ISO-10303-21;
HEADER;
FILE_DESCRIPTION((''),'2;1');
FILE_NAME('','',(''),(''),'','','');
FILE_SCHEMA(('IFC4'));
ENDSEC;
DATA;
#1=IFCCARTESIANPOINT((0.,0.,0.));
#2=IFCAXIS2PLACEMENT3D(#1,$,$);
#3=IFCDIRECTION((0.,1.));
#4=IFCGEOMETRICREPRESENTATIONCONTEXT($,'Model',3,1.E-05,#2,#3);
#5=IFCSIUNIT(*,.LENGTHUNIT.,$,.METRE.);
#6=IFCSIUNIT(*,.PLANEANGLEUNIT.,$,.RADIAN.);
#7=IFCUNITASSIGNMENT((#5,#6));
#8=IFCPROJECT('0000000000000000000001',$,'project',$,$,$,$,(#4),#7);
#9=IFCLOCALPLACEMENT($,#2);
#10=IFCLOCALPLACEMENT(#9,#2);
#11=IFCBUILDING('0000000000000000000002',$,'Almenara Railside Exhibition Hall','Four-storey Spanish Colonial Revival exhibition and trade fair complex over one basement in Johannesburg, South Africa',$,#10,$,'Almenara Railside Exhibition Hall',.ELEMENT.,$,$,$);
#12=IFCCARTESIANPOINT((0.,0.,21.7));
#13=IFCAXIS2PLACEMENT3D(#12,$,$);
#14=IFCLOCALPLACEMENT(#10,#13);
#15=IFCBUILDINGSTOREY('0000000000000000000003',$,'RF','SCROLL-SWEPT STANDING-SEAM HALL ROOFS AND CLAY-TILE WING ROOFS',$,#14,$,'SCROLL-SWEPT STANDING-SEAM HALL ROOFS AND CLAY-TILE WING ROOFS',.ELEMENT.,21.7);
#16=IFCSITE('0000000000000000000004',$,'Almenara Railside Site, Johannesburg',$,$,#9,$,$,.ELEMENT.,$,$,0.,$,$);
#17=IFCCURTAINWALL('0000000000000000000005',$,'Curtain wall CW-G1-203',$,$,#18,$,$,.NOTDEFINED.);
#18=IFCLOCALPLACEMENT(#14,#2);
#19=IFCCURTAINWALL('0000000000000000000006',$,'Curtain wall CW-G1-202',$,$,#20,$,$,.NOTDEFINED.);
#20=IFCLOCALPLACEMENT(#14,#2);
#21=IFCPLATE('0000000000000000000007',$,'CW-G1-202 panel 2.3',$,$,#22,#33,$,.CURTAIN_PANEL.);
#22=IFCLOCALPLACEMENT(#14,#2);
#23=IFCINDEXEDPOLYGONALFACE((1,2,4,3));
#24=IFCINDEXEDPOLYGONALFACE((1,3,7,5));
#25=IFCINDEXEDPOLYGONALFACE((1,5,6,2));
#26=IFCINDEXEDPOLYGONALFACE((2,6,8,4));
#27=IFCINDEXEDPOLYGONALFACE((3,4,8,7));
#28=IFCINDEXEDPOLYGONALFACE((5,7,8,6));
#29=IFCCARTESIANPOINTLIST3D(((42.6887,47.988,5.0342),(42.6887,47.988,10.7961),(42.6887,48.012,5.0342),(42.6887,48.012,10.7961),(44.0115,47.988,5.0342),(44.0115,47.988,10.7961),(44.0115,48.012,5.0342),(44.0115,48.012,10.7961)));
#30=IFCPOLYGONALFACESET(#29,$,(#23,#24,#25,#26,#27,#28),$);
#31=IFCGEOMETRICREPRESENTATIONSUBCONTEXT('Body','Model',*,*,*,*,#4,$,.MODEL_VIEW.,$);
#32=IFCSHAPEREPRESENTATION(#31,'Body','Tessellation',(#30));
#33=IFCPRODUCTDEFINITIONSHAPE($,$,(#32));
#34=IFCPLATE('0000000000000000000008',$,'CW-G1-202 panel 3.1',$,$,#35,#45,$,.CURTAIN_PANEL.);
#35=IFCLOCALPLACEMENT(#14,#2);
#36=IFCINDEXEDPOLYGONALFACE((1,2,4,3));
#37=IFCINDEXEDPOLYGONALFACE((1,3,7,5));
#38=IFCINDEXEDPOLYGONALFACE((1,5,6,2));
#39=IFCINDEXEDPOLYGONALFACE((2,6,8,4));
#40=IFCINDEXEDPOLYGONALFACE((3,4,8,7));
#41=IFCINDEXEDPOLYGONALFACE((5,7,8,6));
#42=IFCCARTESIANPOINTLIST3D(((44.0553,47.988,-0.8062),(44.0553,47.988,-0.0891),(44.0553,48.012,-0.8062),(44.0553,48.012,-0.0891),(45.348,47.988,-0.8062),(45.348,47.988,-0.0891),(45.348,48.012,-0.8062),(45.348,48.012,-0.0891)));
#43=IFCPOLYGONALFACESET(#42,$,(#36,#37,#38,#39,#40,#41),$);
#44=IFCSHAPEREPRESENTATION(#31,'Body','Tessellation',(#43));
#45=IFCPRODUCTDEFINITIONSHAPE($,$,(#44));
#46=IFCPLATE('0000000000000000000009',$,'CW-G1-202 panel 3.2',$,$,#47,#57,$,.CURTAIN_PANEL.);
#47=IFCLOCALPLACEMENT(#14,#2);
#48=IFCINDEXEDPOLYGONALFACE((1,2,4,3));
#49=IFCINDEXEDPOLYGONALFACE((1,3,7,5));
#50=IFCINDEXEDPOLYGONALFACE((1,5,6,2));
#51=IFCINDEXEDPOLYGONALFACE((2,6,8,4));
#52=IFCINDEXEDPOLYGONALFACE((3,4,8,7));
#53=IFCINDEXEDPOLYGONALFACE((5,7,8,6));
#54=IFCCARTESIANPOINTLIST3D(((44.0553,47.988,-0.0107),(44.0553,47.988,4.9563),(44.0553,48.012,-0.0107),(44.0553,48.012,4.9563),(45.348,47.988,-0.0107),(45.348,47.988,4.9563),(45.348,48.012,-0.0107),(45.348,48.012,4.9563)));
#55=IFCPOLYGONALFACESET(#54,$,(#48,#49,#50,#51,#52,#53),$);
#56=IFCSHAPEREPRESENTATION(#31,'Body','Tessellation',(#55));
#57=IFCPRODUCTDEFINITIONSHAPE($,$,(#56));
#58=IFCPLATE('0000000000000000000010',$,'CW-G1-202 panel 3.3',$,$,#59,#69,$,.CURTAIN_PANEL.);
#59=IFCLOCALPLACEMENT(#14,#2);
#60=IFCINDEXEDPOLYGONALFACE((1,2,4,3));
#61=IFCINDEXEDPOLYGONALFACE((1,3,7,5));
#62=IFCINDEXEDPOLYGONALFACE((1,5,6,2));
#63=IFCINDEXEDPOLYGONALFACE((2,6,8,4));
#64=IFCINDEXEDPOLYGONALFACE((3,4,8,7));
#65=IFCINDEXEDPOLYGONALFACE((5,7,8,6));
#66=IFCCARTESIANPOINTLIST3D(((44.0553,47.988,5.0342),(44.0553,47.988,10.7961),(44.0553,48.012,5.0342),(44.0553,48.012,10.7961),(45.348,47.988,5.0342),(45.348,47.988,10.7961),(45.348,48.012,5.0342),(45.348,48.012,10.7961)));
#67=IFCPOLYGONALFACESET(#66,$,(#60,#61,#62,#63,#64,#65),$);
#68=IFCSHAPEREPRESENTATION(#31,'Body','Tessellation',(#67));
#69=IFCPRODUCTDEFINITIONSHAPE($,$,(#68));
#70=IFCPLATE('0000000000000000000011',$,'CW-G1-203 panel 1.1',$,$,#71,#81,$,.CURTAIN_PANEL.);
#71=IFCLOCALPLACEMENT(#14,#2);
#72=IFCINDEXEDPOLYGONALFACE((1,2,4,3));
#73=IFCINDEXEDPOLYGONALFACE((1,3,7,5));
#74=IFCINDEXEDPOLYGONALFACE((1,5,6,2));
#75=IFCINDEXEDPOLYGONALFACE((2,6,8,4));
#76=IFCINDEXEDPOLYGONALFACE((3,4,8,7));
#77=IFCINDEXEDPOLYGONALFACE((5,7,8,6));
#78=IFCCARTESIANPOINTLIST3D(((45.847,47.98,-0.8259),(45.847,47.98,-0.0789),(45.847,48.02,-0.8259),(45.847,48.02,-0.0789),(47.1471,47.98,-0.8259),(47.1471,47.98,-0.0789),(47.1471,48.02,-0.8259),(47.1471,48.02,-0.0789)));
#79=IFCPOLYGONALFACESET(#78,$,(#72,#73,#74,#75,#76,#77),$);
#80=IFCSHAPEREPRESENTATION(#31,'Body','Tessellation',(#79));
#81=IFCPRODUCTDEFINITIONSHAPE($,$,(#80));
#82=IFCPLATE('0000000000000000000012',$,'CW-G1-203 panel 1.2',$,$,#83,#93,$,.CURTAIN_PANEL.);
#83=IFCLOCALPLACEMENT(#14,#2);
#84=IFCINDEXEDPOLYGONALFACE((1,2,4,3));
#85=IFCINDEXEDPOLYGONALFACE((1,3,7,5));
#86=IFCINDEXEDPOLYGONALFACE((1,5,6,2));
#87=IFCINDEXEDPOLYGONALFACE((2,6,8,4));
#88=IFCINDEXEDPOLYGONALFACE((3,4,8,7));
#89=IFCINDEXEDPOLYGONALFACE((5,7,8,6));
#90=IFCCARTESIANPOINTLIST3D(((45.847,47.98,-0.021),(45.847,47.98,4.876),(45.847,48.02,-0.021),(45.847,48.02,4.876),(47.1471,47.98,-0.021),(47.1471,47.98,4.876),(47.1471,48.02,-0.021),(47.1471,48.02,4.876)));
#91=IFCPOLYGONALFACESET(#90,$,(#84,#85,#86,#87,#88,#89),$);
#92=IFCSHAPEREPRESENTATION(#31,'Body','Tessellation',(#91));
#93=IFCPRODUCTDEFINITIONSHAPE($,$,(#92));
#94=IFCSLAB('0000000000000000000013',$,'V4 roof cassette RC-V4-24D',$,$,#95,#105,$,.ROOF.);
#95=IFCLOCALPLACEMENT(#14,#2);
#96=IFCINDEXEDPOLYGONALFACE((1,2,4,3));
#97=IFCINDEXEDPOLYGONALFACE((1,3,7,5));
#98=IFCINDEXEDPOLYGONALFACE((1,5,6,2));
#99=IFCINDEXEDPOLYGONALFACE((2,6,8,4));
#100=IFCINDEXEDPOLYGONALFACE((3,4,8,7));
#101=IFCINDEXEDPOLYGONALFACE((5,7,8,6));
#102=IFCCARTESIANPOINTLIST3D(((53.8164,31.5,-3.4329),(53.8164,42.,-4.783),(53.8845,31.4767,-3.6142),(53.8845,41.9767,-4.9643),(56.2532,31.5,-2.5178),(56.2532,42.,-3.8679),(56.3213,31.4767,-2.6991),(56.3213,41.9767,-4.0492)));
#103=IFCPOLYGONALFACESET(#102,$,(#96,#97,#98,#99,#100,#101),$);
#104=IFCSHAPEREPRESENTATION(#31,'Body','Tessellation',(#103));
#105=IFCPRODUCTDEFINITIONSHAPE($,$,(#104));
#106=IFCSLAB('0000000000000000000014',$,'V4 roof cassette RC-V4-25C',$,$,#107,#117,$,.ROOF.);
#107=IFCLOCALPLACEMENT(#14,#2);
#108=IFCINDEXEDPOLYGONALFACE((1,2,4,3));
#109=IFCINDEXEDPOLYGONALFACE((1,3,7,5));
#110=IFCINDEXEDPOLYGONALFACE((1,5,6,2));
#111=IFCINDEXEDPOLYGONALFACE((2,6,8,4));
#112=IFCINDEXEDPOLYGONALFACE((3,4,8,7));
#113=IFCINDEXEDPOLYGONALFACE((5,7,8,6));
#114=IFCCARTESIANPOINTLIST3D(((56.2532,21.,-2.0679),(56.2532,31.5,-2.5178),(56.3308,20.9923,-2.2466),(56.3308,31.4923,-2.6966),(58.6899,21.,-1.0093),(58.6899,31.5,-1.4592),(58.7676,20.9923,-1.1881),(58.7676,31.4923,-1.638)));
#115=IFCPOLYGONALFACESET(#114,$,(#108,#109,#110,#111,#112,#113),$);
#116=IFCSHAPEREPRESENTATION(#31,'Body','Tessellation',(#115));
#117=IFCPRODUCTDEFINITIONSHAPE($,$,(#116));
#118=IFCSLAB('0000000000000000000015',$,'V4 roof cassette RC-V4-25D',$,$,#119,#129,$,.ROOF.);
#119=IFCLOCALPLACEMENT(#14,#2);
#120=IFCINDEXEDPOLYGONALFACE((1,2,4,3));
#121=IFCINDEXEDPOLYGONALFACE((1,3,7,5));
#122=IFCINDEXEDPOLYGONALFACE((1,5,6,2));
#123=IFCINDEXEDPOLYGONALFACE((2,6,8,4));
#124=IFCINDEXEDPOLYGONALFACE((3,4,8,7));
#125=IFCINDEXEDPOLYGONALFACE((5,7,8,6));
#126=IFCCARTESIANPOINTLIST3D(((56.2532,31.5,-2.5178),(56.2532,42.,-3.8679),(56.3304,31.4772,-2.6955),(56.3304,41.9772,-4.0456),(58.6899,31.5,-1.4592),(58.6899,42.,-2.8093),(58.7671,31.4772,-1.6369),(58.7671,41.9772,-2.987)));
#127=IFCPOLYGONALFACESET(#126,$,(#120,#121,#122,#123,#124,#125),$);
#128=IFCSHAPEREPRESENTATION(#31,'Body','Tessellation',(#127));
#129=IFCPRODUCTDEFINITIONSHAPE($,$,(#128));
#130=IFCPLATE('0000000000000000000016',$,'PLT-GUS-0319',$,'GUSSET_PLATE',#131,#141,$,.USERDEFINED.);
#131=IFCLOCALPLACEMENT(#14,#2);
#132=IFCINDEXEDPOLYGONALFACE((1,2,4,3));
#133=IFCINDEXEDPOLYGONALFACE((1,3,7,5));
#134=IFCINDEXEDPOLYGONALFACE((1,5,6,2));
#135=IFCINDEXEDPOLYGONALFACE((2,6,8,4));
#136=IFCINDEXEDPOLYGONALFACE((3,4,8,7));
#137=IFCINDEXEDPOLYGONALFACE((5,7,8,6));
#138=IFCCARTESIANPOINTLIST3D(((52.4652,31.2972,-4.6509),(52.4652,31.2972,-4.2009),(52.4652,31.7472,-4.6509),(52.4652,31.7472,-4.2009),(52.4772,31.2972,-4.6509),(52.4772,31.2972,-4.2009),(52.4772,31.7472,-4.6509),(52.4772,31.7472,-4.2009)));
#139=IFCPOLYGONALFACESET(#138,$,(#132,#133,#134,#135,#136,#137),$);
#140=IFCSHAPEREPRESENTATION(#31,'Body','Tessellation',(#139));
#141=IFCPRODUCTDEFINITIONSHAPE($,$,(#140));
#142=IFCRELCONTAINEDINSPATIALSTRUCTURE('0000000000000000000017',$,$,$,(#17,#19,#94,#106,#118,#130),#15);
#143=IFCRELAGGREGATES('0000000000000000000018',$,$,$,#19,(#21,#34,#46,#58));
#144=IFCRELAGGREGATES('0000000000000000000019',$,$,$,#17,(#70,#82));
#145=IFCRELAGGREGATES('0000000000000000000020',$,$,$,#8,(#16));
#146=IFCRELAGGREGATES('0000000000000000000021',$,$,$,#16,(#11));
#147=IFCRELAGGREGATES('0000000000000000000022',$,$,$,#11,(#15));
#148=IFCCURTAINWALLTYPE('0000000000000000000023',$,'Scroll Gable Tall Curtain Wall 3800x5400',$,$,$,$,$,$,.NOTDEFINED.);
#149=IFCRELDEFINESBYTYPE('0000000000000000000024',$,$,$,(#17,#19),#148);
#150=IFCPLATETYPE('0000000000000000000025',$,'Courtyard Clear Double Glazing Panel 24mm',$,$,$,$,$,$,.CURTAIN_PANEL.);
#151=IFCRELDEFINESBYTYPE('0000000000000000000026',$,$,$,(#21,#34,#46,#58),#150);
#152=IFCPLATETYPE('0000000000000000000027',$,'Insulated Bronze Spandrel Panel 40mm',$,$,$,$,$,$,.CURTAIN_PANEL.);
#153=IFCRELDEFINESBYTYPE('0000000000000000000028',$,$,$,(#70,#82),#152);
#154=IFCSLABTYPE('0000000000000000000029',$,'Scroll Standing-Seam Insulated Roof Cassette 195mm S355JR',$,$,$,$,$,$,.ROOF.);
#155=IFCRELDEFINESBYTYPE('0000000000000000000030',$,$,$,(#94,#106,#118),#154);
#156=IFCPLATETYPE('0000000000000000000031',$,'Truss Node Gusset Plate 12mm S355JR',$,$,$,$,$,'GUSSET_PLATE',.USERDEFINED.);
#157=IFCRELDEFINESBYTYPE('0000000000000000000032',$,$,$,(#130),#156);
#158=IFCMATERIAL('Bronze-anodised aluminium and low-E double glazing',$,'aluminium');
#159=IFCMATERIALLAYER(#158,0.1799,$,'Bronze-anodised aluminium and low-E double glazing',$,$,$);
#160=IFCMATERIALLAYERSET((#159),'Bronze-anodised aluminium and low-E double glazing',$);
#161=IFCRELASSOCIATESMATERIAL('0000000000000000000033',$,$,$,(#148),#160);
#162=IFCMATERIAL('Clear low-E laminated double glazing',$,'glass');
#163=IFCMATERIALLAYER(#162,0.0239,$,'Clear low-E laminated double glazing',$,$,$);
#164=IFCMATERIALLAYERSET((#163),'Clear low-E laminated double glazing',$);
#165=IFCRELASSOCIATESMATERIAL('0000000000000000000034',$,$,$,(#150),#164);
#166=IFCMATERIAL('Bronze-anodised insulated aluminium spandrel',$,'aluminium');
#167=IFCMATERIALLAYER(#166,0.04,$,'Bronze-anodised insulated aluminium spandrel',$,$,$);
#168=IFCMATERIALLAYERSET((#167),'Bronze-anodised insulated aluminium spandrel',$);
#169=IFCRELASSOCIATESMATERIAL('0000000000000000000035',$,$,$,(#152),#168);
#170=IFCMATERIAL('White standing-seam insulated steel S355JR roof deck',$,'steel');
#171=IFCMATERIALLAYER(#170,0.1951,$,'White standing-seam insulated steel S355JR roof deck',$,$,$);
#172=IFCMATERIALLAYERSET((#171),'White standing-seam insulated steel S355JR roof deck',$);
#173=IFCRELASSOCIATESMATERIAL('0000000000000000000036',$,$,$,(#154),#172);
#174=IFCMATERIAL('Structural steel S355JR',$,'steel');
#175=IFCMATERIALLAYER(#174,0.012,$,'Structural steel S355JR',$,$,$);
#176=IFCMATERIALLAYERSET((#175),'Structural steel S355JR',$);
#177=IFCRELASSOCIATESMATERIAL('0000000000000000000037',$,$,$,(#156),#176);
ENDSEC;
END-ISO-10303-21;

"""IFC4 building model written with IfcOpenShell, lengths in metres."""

from ifc_helpers import new_model, si_unit, direction, frame, origin, origin_2d, place, context, subcontext, project, spatial, polyline, rectangle, outline, extrude, material, layer, layer_set, type_object, element, aggregate, save


model = new_model("IFC4")

# Units and contexts
model_context = context("Model", 3, precision=1e-05, world=origin(), true_north=direction((0.0, 1.0)))
body_context = subcontext(model_context, "Body", "Model", "MODEL_VIEW")
ifc_project = project(units=[si_unit("LENGTHUNIT", "METRE"), si_unit("PLANEANGLEUNIT", "RADIAN")], contexts=[model_context])

# Site, building, storey
site_placement = place(None, origin())
site = spatial("IfcSite", under=ifc_project, at=site_placement, Name="Almenara Railside Site, Johannesburg", CompositionType="ELEMENT", RefElevation=0.0)
building_placement = place(site_placement, origin())
building = spatial("IfcBuilding", under=site, at=building_placement, Name="Almenara Railside Exhibition Hall", Description="Four-storey Spanish Colonial Revival exhibition and trade fair complex over one basement in Johannesburg, South Africa", LongName="Almenara Railside Exhibition Hall", CompositionType="ELEMENT")
storey_placement = place(building_placement, frame((0.0, 0.0, 21.7)))
storey = spatial("IfcBuildingStorey", under=building, at=storey_placement, Name="RF", Description="SCROLL-SWEPT STANDING-SEAM HALL ROOFS AND CLAY-TILE WING ROOFS", LongName="SCROLL-SWEPT STANDING-SEAM HALL ROOFS AND CLAY-TILE WING ROOFS", CompositionType="ELEMENT", Elevation=21.7)

# Shared definitions
ifc_material_1 = material(Name="Structural steel S355JR", Category="steel")

# Curtain wall
ifc_material_2 = material(Name="Bronze-anodised aluminium and low-E double glazing", Category="aluminium")
ifc_layer_1 = layer(ifc_material_2, 0.1799, Name="Bronze-anodised aluminium and low-E double glazing")
ifc_layer_set_1 = layer_set([ifc_layer_1], Name="Bronze-anodised aluminium and low-E double glazing")
curtain_wall_type = type_object("IfcCurtainWallType", Name="Scroll Gable Tall Curtain Wall 3800x5400", PredefinedType="NOTDEFINED", material=ifc_layer_set_1)
curtain_wall_1_placement = place(storey_placement, origin())
curtain_wall_1 = element("IfcCurtainWall", 1, at=curtain_wall_1_placement, inside=storey, type_object=curtain_wall_type, Name="Curtain wall CW-G1-203", PredefinedType="NOTDEFINED")

# Curtain wall
curtain_wall_2_placement = place(storey_placement, origin())
curtain_wall_2 = element("IfcCurtainWall", 2, at=curtain_wall_2_placement, inside=storey, type_object=curtain_wall_type, Name="Curtain wall CW-G1-202", PredefinedType="NOTDEFINED")

# Plates
ifc_material_3 = material(Name="Clear low-E laminated double glazing", Category="glass")
ifc_layer_2 = layer(ifc_material_3, 0.0239, Name="Clear low-E laminated double glazing")
ifc_layer_set_2 = layer_set([ifc_layer_2], Name="Clear low-E laminated double glazing")
plate_type_1 = type_object("IfcPlateType", Name="Courtyard Clear Double Glazing Panel 24mm", PredefinedType="CURTAIN_PANEL", material=ifc_layer_set_2)
plate_1_placement = place(storey_placement, frame((43.3501, 48.0, 5.0342), z_axis=(0.0, 0.0, 1.0), x_axis=(1.0, 0.0, 0.0)))
plate_1 = element("IfcPlate", 3, at=plate_1_placement, type_object=plate_type_1, Name="CW-G1-202 panel 2.3", PredefinedType="CURTAIN_PANEL", context=body_context, shape_type="SweptSolid", body=[
    extrude(rectangle(XDim=1.3228, YDim=0.0239, at=origin_2d()), origin(), (0.0, 0.0, 1.0), 5.762),
])
plate_2_placement = place(storey_placement, frame((44.7017, 48.0, -0.8062), z_axis=(0.0, 0.0, 1.0), x_axis=(1.0, 0.0, 0.0)))
plate_2 = element("IfcPlate", 4, at=plate_2_placement, type_object=plate_type_1, Name="CW-G1-202 panel 3.1", PredefinedType="CURTAIN_PANEL", context=body_context, shape_type="SweptSolid", body=[
    extrude(rectangle(XDim=1.2927, YDim=0.0239, at=origin_2d()), origin(), (0.0, 0.0, 1.0), 0.717),
])
plate_3_placement = place(storey_placement, frame((44.7017, 48.0, -0.0107), z_axis=(0.0, 0.0, 1.0), x_axis=(1.0, 0.0, 0.0)))
plate_3 = element("IfcPlate", 5, at=plate_3_placement, type_object=plate_type_1, Name="CW-G1-202 panel 3.2", PredefinedType="CURTAIN_PANEL", context=body_context, shape_type="SweptSolid", body=[
    extrude(rectangle(XDim=1.2927, YDim=0.0239, at=origin_2d()), origin(), (0.0, 0.0, 1.0), 4.967),
])
plate_4_placement = place(storey_placement, frame((44.7017, 48.0, 5.0342), z_axis=(0.0, 0.0, 1.0), x_axis=(1.0, 0.0, 0.0)))
plate_4 = element("IfcPlate", 6, at=plate_4_placement, type_object=plate_type_1, Name="CW-G1-202 panel 3.3", PredefinedType="CURTAIN_PANEL", context=body_context, shape_type="SweptSolid", body=[
    extrude(rectangle(XDim=1.2927, YDim=0.0239, at=origin_2d()), origin(), (0.0, 0.0, 1.0), 5.762),
])
aggregate(curtain_wall_2, [plate_1, plate_2, plate_3, plate_4])
ifc_material_4 = material(Name="Bronze-anodised insulated aluminium spandrel", Category="aluminium")
ifc_layer_3 = layer(ifc_material_4, 0.04, Name="Bronze-anodised insulated aluminium spandrel")
ifc_layer_set_3 = layer_set([ifc_layer_3], Name="Bronze-anodised insulated aluminium spandrel")
plate_type_2 = type_object("IfcPlateType", Name="Insulated Bronze Spandrel Panel 40mm", PredefinedType="CURTAIN_PANEL", material=ifc_layer_set_3)
plate_5_placement = place(storey_placement, frame((46.4971, 48.0, -0.8259), z_axis=(0.0, 0.0, 1.0), x_axis=(1.0, 0.0, 0.0)))
plate_5 = element("IfcPlate", 7, at=plate_5_placement, type_object=plate_type_2, Name="CW-G1-203 panel 1.1", PredefinedType="CURTAIN_PANEL", context=body_context, shape_type="SweptSolid", body=[
    extrude(rectangle(XDim=1.3, YDim=0.04, at=origin_2d()), origin(), (0.0, 0.0, 1.0), 0.7471),
])
plate_6_placement = place(storey_placement, frame((46.4971, 48.0, -0.021), z_axis=(0.0, 0.0, 1.0), x_axis=(1.0, 0.0, 0.0)))
plate_6 = element("IfcPlate", 8, at=plate_6_placement, type_object=plate_type_2, Name="CW-G1-203 panel 1.2", PredefinedType="CURTAIN_PANEL", context=body_context, shape_type="SweptSolid", body=[
    extrude(rectangle(XDim=1.3, YDim=0.04, at=origin_2d()), origin(), (0.0, 0.0, 1.0), 4.897),
])
aggregate(curtain_wall_1, [plate_5, plate_6])

# Slabs
ifc_material_5 = material(Name="White standing-seam insulated steel S355JR roof deck", Category="steel")
ifc_layer_4 = layer(ifc_material_5, 0.1951, Name="White standing-seam insulated steel S355JR roof deck")
ifc_layer_set_4 = layer_set([ifc_layer_4], Name="White standing-seam insulated steel S355JR roof deck")
slab_type = type_object("IfcSlabType", Name="Scroll Standing-Seam Insulated Roof Cassette 195mm S355JR", PredefinedType="ROOF", material=ifc_layer_set_4)
slab_1_placement = place(storey_placement, frame((53.8164, 42.0, -4.783), z_axis=(-0.349025, 0.119511, 0.929461), x_axis=(0.936171, 0.0, 0.351545)))
element("IfcSlab", 9, at=slab_1_placement, inside=storey, type_object=slab_type, Name="V4 roof cassette RC-V4-24D", PredefinedType="ROOF", context=body_context, shape_type="SweptSolid", body=[
    extrude(outline(polyline([(0.0, 0.0), (2.6029, 0.0), (3.0775, -10.5758), (0.4746, -10.5758), (0.0, 0.0)])), origin(), (0.0, 0.0, -1.0), 0.1951),
])
slab_2_placement = place(storey_placement, frame((56.2532, 31.5, -2.5178), z_axis=(-0.398143, 0.039274, 0.916482), x_axis=(0.91719, 0.0, 0.398451)))
element("IfcSlab", 10, at=slab_2_placement, inside=storey, type_object=slab_type, Name="V4 roof cassette RC-V4-25C", PredefinedType="ROOF", context=body_context, shape_type="SweptSolid", body=[
    extrude(outline(polyline([(0.0, 0.0), (2.6568, 0.0), (2.8361, -10.5081), (0.1793, -10.5081), (0.0, 0.0)])), origin(), (0.0, 0.0, -1.0), 0.1951),
])
slab_3_placement = place(storey_placement, frame((56.2532, 42.0, -3.8679), z_axis=(-0.395708, 0.117121, 0.910877), x_axis=(0.91719, 0.0, 0.398451)))
element("IfcSlab", 11, at=slab_3_placement, inside=storey, type_object=slab_type, Name="V4 roof cassette RC-V4-25D", PredefinedType="ROOF", context=body_context, shape_type="SweptSolid", body=[
    extrude(outline(polyline([(0.0, 0.0), (2.6568, 0.0), (3.1947, -10.5728), (0.5379, -10.5728), (0.0, 0.0)])), origin(), (0.0, 0.0, -1.0), 0.1951),
])

# Plate
ifc_layer_5 = layer(ifc_material_1, 0.012, Name="Structural steel S355JR")
ifc_layer_set_5 = layer_set([ifc_layer_5], Name="Structural steel S355JR")
plate_type_3 = type_object("IfcPlateType", Name="Truss Node Gusset Plate 12mm S355JR", ElementType="GUSSET_PLATE", PredefinedType="USERDEFINED", material=ifc_layer_set_5)
plate_7_placement = place(storey_placement, frame((52.4712, 31.5222, -4.6509), z_axis=(0.0, 0.0, 1.0), x_axis=(0.0, 1.0, 0.0)))
element("IfcPlate", 12, at=plate_7_placement, inside=storey, type_object=plate_type_3, Name="PLT-GUS-0319", ObjectType="GUSSET_PLATE", PredefinedType="USERDEFINED", context=body_context, shape_type="SweptSolid", body=[
    extrude(rectangle(XDim=0.45, YDim=0.012, at=origin_2d()), origin(), (0.0, 0.0, 1.0), 0.45),
])

save(model, "model.ifc")
